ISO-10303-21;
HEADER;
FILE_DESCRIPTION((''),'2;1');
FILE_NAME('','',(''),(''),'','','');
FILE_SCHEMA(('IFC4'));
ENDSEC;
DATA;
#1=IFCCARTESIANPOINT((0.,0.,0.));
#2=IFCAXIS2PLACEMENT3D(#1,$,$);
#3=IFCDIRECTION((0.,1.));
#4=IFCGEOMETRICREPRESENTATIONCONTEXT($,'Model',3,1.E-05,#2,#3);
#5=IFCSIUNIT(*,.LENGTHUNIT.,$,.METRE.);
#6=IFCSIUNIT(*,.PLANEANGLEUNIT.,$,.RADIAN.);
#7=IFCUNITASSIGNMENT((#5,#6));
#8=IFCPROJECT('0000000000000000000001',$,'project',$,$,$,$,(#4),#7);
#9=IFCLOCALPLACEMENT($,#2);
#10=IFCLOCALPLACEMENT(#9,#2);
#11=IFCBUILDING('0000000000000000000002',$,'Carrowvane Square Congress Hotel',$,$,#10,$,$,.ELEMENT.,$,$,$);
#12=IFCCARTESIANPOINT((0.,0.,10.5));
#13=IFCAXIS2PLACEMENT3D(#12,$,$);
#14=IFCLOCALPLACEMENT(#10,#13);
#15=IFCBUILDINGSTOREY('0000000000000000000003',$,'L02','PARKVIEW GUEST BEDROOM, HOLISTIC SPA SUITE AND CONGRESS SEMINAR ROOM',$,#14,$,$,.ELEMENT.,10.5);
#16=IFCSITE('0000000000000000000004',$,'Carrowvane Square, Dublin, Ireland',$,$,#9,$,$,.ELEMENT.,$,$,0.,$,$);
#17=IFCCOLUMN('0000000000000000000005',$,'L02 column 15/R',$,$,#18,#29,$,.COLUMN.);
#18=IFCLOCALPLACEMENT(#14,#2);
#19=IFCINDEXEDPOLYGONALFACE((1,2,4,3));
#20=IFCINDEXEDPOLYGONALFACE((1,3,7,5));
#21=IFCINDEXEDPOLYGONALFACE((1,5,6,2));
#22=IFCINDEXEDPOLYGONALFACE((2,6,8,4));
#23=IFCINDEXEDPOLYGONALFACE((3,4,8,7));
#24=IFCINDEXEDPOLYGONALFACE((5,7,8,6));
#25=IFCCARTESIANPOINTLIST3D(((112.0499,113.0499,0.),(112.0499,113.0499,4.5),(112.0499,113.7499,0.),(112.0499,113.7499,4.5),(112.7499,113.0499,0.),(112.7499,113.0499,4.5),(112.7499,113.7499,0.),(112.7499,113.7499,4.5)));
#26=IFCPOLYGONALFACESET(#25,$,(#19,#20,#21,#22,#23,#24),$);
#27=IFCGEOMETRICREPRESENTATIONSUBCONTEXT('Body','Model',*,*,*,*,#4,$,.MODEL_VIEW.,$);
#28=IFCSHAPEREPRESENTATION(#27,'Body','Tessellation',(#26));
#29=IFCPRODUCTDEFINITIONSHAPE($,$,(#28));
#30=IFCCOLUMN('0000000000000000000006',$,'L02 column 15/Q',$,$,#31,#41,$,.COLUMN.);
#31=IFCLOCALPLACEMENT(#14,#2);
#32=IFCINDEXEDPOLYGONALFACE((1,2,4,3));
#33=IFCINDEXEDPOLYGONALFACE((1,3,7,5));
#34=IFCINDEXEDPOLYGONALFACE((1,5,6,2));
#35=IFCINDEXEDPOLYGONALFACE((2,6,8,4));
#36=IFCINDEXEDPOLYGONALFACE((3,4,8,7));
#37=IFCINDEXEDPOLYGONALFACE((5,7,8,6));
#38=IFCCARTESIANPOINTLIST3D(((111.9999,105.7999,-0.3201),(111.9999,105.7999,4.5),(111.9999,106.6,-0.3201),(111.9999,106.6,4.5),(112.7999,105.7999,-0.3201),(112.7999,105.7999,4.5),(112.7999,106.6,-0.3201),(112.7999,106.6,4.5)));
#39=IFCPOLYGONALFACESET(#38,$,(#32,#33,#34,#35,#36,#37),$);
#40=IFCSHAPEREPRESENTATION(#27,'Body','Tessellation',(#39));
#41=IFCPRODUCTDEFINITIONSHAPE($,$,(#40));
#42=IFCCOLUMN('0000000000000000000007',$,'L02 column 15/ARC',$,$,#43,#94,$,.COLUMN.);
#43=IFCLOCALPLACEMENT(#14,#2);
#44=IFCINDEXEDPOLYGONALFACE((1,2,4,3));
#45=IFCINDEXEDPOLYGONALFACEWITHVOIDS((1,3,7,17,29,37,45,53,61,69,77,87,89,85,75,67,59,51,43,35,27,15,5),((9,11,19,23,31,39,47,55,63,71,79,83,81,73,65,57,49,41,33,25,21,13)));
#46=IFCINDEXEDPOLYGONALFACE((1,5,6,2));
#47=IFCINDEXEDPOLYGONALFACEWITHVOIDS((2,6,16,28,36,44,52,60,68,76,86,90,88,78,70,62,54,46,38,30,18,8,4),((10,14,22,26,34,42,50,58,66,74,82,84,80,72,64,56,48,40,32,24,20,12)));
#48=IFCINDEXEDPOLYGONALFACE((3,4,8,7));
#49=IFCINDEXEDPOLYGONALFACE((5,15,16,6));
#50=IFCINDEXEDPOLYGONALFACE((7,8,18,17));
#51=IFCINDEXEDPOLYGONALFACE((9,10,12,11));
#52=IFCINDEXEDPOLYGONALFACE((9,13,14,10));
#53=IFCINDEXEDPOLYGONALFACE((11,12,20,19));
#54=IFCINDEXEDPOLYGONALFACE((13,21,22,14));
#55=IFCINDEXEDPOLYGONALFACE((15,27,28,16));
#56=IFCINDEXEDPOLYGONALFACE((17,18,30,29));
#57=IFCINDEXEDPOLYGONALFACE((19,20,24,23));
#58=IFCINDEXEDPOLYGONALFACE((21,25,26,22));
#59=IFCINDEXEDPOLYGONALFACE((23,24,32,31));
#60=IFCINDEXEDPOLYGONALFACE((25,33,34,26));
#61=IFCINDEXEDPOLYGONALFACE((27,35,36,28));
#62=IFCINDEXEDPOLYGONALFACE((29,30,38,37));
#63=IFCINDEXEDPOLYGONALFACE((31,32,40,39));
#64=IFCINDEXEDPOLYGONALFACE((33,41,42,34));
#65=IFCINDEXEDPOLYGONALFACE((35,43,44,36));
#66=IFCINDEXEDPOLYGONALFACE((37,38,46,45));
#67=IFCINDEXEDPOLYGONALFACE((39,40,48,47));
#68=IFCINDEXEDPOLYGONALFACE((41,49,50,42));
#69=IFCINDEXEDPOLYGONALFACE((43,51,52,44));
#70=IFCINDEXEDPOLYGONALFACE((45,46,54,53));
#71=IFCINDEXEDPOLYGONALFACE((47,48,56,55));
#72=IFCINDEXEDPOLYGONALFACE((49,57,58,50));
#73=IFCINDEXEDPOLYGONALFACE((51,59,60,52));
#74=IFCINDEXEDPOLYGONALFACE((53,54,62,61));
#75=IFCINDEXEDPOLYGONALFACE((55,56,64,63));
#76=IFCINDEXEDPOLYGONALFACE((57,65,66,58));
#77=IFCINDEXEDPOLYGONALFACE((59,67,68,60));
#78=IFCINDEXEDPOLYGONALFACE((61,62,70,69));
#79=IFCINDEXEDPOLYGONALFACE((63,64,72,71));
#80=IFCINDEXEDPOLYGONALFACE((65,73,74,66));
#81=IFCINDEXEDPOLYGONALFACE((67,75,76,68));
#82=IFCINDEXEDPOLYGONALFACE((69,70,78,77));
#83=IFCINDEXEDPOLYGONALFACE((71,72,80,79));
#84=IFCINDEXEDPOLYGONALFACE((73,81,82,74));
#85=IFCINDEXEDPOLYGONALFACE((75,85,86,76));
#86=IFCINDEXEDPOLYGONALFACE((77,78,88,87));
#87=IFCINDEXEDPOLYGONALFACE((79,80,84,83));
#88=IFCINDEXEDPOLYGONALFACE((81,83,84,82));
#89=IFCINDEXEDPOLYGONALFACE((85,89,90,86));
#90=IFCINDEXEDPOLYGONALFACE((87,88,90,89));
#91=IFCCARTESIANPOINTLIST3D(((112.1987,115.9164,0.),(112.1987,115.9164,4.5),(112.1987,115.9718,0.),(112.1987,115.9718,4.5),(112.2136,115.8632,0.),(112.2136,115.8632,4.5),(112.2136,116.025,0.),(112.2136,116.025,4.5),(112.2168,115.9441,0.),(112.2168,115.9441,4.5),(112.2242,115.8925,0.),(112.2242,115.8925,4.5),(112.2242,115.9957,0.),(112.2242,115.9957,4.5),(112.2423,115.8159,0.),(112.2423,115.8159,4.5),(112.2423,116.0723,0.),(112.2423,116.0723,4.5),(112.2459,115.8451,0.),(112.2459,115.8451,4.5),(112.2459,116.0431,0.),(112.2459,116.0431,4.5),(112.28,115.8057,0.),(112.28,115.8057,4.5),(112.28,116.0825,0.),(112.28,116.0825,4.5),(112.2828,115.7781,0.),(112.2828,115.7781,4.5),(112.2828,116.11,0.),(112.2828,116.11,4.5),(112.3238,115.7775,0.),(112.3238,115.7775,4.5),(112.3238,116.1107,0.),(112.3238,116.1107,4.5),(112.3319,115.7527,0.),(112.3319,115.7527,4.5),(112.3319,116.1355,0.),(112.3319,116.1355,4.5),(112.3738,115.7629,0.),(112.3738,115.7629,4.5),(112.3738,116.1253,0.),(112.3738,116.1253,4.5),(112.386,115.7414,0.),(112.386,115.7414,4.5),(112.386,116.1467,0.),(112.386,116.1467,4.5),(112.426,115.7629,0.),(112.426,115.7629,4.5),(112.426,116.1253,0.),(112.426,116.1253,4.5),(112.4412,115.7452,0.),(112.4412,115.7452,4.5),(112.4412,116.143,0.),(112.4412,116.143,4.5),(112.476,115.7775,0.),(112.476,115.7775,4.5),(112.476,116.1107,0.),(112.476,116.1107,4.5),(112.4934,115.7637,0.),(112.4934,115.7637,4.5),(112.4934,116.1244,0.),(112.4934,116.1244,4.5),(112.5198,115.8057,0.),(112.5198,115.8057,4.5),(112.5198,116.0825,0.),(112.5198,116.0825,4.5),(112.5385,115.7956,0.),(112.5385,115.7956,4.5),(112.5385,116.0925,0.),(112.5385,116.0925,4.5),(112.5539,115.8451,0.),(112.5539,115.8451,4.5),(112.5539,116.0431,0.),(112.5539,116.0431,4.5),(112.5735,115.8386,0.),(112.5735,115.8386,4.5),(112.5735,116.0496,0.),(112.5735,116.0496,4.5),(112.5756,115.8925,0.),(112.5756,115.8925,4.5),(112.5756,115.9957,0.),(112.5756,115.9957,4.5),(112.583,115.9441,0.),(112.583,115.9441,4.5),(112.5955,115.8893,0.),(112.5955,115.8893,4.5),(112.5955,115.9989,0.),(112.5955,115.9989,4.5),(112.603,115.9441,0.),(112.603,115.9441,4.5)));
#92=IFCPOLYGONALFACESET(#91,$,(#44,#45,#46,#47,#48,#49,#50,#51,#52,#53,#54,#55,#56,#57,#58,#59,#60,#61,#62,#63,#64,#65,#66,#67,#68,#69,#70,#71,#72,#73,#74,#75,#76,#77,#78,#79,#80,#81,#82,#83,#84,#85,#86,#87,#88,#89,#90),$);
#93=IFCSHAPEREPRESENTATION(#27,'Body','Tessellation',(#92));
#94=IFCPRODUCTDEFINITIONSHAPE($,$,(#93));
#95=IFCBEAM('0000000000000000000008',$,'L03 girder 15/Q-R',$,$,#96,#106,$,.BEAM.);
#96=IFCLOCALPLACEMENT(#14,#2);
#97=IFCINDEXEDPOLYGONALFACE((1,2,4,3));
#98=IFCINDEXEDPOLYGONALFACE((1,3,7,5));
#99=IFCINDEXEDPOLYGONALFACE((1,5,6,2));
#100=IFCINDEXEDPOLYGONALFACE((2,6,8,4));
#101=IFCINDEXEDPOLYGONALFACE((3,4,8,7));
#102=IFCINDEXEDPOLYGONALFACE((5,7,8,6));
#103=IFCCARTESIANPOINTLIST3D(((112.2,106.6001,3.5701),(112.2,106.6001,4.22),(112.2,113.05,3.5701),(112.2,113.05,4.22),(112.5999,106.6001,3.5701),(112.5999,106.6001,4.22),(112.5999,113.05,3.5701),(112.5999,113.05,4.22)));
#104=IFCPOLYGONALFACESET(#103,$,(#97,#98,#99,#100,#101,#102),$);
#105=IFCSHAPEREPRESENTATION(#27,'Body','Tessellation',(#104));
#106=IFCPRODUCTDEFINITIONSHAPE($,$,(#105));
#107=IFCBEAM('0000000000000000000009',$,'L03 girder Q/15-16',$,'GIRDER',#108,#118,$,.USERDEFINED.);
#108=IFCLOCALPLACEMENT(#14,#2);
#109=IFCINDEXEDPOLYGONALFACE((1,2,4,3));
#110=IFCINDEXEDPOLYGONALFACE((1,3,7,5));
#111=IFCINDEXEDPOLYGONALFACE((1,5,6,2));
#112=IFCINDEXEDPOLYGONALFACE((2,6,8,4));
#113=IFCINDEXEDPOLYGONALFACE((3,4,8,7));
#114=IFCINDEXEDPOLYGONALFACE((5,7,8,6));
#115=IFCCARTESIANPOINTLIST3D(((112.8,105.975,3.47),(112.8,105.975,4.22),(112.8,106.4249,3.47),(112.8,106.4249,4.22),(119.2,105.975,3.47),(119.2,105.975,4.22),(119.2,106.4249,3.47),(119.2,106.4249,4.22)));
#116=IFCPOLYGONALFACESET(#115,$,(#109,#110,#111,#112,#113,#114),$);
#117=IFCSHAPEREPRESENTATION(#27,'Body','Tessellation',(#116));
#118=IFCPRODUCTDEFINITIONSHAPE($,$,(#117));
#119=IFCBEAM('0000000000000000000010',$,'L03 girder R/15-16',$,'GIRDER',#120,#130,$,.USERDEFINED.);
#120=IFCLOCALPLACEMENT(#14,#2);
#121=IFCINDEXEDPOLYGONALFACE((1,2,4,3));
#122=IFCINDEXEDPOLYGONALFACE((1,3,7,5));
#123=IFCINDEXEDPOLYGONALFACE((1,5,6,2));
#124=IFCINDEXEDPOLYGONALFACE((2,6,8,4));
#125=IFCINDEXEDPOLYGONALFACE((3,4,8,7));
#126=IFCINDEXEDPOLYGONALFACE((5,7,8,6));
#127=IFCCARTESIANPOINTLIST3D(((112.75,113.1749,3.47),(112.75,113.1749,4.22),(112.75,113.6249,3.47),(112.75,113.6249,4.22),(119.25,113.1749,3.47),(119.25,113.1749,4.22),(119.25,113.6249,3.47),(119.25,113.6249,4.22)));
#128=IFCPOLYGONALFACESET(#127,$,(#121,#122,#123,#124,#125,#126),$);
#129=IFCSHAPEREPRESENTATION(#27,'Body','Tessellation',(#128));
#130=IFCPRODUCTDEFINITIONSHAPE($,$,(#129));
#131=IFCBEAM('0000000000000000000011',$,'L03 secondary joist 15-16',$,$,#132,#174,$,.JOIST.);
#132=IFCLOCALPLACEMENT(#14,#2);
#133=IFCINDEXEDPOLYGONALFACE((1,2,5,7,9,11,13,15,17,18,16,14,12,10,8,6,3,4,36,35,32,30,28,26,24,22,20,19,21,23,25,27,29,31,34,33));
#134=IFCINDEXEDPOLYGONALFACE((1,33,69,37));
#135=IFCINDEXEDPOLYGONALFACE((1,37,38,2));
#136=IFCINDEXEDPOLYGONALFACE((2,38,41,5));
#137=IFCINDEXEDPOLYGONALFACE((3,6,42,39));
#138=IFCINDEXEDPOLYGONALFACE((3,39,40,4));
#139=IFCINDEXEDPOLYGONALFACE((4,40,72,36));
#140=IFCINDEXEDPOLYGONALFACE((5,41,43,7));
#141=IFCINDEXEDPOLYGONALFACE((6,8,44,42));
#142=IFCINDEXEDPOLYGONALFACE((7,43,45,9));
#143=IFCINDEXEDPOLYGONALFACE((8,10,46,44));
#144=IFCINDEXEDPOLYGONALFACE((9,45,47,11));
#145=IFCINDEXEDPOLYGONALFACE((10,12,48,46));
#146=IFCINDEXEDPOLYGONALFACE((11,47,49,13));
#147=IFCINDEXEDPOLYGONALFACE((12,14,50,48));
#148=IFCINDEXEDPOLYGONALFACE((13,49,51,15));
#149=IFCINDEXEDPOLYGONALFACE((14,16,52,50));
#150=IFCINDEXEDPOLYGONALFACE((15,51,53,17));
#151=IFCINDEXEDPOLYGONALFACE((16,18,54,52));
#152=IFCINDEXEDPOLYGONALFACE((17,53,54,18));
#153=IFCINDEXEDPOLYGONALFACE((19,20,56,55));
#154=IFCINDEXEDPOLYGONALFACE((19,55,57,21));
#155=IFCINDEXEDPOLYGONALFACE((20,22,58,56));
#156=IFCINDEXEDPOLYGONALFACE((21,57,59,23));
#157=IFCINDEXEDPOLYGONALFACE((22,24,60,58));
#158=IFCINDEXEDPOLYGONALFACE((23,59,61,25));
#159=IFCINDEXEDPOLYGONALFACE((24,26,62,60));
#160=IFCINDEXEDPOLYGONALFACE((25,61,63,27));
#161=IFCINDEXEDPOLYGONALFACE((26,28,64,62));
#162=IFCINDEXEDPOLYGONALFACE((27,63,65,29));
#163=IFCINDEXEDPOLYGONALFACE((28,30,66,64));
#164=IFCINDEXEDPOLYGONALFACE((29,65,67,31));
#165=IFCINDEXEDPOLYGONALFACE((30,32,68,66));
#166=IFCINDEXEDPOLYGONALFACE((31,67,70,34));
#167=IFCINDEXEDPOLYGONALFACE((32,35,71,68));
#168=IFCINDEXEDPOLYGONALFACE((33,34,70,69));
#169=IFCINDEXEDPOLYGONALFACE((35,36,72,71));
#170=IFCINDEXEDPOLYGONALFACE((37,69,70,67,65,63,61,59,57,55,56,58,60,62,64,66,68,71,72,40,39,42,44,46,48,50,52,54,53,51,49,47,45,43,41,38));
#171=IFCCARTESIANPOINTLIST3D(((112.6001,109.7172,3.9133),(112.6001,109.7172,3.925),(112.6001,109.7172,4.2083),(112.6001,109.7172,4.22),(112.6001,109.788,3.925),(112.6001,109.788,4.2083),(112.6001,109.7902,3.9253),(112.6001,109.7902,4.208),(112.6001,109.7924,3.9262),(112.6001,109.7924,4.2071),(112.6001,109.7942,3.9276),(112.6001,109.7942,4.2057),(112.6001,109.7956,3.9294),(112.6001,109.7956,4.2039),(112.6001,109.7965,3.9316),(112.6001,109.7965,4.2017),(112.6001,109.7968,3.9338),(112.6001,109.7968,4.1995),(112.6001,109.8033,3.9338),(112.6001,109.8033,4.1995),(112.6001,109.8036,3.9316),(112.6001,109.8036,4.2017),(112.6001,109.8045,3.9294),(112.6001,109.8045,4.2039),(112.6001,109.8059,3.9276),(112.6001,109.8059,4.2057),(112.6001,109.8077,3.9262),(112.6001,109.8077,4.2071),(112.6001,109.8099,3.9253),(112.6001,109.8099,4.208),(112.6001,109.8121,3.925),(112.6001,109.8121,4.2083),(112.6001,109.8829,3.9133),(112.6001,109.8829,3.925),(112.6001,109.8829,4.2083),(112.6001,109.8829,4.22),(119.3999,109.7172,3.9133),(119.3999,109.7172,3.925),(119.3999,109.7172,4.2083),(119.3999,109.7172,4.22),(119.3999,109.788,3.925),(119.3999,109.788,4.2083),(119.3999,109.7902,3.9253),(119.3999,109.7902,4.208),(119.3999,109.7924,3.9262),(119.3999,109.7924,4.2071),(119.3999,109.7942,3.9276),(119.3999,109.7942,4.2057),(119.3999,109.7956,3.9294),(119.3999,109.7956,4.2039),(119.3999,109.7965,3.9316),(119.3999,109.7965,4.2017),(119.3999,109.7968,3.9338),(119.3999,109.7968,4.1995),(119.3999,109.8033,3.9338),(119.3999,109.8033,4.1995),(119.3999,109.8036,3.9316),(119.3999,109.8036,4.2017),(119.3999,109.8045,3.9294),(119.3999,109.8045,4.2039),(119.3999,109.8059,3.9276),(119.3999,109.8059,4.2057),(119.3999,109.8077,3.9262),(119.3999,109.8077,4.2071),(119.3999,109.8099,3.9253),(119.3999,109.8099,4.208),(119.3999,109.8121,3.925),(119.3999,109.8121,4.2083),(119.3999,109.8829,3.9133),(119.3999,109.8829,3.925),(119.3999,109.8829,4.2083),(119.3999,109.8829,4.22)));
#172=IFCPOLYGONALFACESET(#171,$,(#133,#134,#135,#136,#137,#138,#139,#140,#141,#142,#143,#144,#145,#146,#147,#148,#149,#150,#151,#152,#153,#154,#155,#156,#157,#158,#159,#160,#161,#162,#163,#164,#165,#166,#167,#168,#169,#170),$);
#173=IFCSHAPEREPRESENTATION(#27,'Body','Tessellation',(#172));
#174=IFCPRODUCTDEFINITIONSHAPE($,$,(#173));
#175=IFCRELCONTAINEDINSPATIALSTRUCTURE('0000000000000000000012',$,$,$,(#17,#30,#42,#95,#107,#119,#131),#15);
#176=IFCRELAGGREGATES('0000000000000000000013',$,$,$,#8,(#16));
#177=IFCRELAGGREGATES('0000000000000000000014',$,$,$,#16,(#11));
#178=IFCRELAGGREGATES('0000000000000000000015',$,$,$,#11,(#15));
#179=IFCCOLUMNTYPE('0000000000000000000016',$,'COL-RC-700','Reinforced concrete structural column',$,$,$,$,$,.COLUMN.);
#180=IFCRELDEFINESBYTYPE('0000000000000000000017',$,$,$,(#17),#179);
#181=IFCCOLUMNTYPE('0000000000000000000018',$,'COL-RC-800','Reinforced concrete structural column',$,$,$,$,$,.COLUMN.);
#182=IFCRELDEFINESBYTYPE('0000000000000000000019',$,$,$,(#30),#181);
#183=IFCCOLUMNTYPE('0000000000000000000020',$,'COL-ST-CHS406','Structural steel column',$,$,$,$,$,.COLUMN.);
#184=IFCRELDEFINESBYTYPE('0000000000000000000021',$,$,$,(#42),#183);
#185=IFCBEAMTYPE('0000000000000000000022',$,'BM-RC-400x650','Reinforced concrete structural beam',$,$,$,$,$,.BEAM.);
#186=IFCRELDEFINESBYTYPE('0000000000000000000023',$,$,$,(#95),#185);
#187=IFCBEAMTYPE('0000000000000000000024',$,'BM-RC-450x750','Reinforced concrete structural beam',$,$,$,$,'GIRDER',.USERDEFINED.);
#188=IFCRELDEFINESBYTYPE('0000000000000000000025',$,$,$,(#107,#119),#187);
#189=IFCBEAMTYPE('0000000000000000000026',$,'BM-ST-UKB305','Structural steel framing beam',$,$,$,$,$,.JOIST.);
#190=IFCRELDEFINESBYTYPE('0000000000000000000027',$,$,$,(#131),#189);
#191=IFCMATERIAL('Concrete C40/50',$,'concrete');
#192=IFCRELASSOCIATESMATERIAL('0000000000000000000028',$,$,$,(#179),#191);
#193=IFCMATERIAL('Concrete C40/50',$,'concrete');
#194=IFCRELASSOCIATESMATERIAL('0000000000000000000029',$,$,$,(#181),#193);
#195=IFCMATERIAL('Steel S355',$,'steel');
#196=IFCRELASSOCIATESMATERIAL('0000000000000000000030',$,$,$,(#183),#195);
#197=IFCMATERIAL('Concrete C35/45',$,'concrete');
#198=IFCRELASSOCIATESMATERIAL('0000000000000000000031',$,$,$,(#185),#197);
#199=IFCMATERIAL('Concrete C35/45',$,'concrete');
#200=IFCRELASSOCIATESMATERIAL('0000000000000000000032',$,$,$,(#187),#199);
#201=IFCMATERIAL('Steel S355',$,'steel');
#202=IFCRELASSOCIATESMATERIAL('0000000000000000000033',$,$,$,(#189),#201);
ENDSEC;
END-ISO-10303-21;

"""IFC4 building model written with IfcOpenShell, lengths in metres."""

from ifc_helpers import new_model, si_unit, direction, frame, origin, origin_2d, place, context, subcontext, project, spatial, rectangle, hollow_circle, i_section, extrude, material, material_profile, profile_set, type_object, element, save


model = new_model("IFC4")

# Units and contexts
model_context = context("Model", 3, precision=1e-05, world=origin(), true_north=direction((0.0, 1.0)))
body_context = subcontext(model_context, "Body", "Model", "MODEL_VIEW")
ifc_project = project(units=[si_unit("LENGTHUNIT", "METRE"), si_unit("PLANEANGLEUNIT", "RADIAN")], contexts=[model_context])

# Site, building, storey
site_placement = place(None, origin())
site = spatial("IfcSite", under=ifc_project, at=site_placement, Name="Carrowvane Square, Dublin, Ireland", CompositionType="ELEMENT", RefElevation=0.0)
building_placement = place(site_placement, origin())
building = spatial("IfcBuilding", under=site, at=building_placement, Name="Carrowvane Square Congress Hotel", CompositionType="ELEMENT")
storey_placement = place(building_placement, frame((0.0, 0.0, 10.5)))
storey = spatial("IfcBuildingStorey", under=building, at=storey_placement, Name="L02", Description="PARKVIEW GUEST BEDROOM, HOLISTIC SPA SUITE AND CONGRESS SEMINAR ROOM", CompositionType="ELEMENT", Elevation=10.5)

# Columns
ifc_material_1 = material(Name="Concrete C40/50", Category="concrete")
ifc_material_profile_1 = material_profile(ifc_material_1, rectangle(XDim=0.7, YDim=0.7, at=origin_2d()), Name="RC 700x700")
ifc_profile_set_1 = profile_set([ifc_material_profile_1], Name="Concrete C40/50")
column_type_1 = type_object("IfcColumnType", Name="COL-RC-700", Description="Reinforced concrete structural column", PredefinedType="COLUMN", material=ifc_profile_set_1)
column_1_placement = place(storey_placement, frame((112.3999, 113.3999, 0.0), z_axis=(0.0, 0.0, 1.0), x_axis=(1.0, 0.0, 0.0)))
element("IfcColumn", 1, at=column_1_placement, inside=storey, type_object=column_type_1, Name="L02 column 15/R", PredefinedType="COLUMN", context=body_context, shape_type="SweptSolid", body=[
    extrude(rectangle(XDim=0.7, YDim=0.7, at=origin_2d()), origin(), (0.0, 0.0, 1.0), 4.5),
])
ifc_material_2 = material(Name="Concrete C40/50", Category="concrete")
ifc_material_profile_2 = material_profile(ifc_material_2, rectangle(XDim=0.8, YDim=0.8, at=origin_2d()), Name="RC 800x800")
ifc_profile_set_2 = profile_set([ifc_material_profile_2], Name="Concrete C40/50")
column_type_2 = type_object("IfcColumnType", Name="COL-RC-800", Description="Reinforced concrete structural column", PredefinedType="COLUMN", material=ifc_profile_set_2)
column_2_placement = place(storey_placement, frame((112.3999, 106.2, -0.3201), z_axis=(0.0, 0.0, 1.0), x_axis=(1.0, 0.0, 0.0)))
element("IfcColumn", 2, at=column_2_placement, inside=storey, type_object=column_type_2, Name="L02 column 15/Q", PredefinedType="COLUMN", context=body_context, shape_type="SweptSolid", body=[
    extrude(rectangle(XDim=0.8, YDim=0.8, at=origin_2d()), origin(), (0.0, 0.0, 1.0), 4.8201),
])
ifc_material_3 = material(Name="Steel S355", Category="steel")
ifc_material_profile_3 = material_profile(ifc_material_3, hollow_circle(Radius=0.2031, WallThickness=0.02, at=origin_2d()), Name="CHS 406.4x20")
ifc_profile_set_3 = profile_set([ifc_material_profile_3], Name="Steel S355")
column_type_3 = type_object("IfcColumnType", Name="COL-ST-CHS406", Description="Structural steel column", PredefinedType="COLUMN", material=ifc_profile_set_3)
column_3_placement = place(storey_placement, frame((112.3999, 115.9441, 0.0), z_axis=(0.0, 0.0, 1.0), x_axis=(1.0, 0.0, 0.0)))
element("IfcColumn", 3, at=column_3_placement, inside=storey, type_object=column_type_3, Name="L02 column 15/ARC", PredefinedType="COLUMN", context=body_context, shape_type="SweptSolid", body=[
    extrude(hollow_circle(Radius=0.2031, WallThickness=0.02, at=origin_2d()), origin(), (0.0, 0.0, 1.0), 4.5),
])

# Beams
ifc_material_4 = material(Name="Concrete C35/45", Category="concrete")
ifc_material_profile_4 = material_profile(ifc_material_4, rectangle(XDim=0.3999, YDim=0.6499, at=origin_2d()), Name="RC 400x650")
ifc_profile_set_4 = profile_set([ifc_material_profile_4], Name="Concrete C35/45")
beam_type_1 = type_object("IfcBeamType", Name="BM-RC-400x650", Description="Reinforced concrete structural beam", PredefinedType="BEAM", material=ifc_profile_set_4)
beam_1_placement = place(storey_placement, frame((112.3999, 106.6001, 3.895), z_axis=(0.0, 1.0, 0.0), x_axis=(-1.0, 0.0, 0.0)))
element("IfcBeam", 4, at=beam_1_placement, inside=storey, type_object=beam_type_1, Name="L03 girder 15/Q-R", PredefinedType="BEAM", context=body_context, shape_type="SweptSolid", body=[
    extrude(rectangle(XDim=0.3999, YDim=0.6499, at=origin_2d()), origin(), (0.0, 0.0, 1.0), 6.45),
])
ifc_material_5 = material(Name="Concrete C35/45", Category="concrete")
ifc_material_profile_5 = material_profile(ifc_material_5, rectangle(XDim=0.45, YDim=0.75, at=origin_2d()), Name="RC 450x750")
ifc_profile_set_5 = profile_set([ifc_material_profile_5], Name="Concrete C35/45")
beam_type_2 = type_object("IfcBeamType", Name="BM-RC-450x750", Description="Reinforced concrete structural beam", ElementType="GIRDER", PredefinedType="USERDEFINED", material=ifc_profile_set_5)
beam_2_placement = place(storey_placement, frame((112.8, 106.2, 3.845), z_axis=(1.0, 0.0, 0.0), x_axis=(0.0, 1.0, 0.0)))
element("IfcBeam", 5, at=beam_2_placement, inside=storey, type_object=beam_type_2, Name="L03 girder Q/15-16", ObjectType="GIRDER", PredefinedType="USERDEFINED", context=body_context, shape_type="SweptSolid", body=[
    extrude(rectangle(XDim=0.45, YDim=0.75, at=origin_2d()), origin(), (0.0, 0.0, 1.0), 6.3999),
])
beam_3_placement = place(storey_placement, frame((112.75, 113.3999, 3.845), z_axis=(1.0, 0.0, 0.0), x_axis=(0.0, 1.0, 0.0)))
element("IfcBeam", 6, at=beam_3_placement, inside=storey, type_object=beam_type_2, Name="L03 girder R/15-16", ObjectType="GIRDER", PredefinedType="USERDEFINED", context=body_context, shape_type="SweptSolid", body=[
    extrude(rectangle(XDim=0.45, YDim=0.75, at=origin_2d()), origin(), (0.0, 0.0, 1.0), 6.5),
])
ifc_material_6 = material(Name="Steel S355", Category="steel")
ifc_material_profile_6 = material_profile(ifc_material_6, i_section(OverallWidth=0.1658, OverallDepth=0.3066, WebThickness=0.0066, FlangeThickness=0.0117, FilletRadius=0.0088, at=origin_2d()), Name="UKB 305x165x46")
ifc_profile_set_6 = profile_set([ifc_material_profile_6], Name="Steel S355")
beam_type_3 = type_object("IfcBeamType", Name="BM-ST-UKB305", Description="Structural steel framing beam", PredefinedType="JOIST", material=ifc_profile_set_6)
beam_4_placement = place(storey_placement, frame((112.6001, 109.8, 4.0667), z_axis=(1.0, 0.0, 0.0), x_axis=(0.0, 1.0, 0.0)))
element("IfcBeam", 7, at=beam_4_placement, inside=storey, type_object=beam_type_3, Name="L03 secondary joist 15-16", PredefinedType="JOIST", context=body_context, shape_type="SweptSolid", body=[
    extrude(i_section(OverallWidth=0.1658, OverallDepth=0.3066, WebThickness=0.0066, FlangeThickness=0.0117, FilletRadius=0.0088, at=origin_2d()), origin(), (0.0, 0.0, 1.0), 6.7998),
])

save(model, "model.ifc")
